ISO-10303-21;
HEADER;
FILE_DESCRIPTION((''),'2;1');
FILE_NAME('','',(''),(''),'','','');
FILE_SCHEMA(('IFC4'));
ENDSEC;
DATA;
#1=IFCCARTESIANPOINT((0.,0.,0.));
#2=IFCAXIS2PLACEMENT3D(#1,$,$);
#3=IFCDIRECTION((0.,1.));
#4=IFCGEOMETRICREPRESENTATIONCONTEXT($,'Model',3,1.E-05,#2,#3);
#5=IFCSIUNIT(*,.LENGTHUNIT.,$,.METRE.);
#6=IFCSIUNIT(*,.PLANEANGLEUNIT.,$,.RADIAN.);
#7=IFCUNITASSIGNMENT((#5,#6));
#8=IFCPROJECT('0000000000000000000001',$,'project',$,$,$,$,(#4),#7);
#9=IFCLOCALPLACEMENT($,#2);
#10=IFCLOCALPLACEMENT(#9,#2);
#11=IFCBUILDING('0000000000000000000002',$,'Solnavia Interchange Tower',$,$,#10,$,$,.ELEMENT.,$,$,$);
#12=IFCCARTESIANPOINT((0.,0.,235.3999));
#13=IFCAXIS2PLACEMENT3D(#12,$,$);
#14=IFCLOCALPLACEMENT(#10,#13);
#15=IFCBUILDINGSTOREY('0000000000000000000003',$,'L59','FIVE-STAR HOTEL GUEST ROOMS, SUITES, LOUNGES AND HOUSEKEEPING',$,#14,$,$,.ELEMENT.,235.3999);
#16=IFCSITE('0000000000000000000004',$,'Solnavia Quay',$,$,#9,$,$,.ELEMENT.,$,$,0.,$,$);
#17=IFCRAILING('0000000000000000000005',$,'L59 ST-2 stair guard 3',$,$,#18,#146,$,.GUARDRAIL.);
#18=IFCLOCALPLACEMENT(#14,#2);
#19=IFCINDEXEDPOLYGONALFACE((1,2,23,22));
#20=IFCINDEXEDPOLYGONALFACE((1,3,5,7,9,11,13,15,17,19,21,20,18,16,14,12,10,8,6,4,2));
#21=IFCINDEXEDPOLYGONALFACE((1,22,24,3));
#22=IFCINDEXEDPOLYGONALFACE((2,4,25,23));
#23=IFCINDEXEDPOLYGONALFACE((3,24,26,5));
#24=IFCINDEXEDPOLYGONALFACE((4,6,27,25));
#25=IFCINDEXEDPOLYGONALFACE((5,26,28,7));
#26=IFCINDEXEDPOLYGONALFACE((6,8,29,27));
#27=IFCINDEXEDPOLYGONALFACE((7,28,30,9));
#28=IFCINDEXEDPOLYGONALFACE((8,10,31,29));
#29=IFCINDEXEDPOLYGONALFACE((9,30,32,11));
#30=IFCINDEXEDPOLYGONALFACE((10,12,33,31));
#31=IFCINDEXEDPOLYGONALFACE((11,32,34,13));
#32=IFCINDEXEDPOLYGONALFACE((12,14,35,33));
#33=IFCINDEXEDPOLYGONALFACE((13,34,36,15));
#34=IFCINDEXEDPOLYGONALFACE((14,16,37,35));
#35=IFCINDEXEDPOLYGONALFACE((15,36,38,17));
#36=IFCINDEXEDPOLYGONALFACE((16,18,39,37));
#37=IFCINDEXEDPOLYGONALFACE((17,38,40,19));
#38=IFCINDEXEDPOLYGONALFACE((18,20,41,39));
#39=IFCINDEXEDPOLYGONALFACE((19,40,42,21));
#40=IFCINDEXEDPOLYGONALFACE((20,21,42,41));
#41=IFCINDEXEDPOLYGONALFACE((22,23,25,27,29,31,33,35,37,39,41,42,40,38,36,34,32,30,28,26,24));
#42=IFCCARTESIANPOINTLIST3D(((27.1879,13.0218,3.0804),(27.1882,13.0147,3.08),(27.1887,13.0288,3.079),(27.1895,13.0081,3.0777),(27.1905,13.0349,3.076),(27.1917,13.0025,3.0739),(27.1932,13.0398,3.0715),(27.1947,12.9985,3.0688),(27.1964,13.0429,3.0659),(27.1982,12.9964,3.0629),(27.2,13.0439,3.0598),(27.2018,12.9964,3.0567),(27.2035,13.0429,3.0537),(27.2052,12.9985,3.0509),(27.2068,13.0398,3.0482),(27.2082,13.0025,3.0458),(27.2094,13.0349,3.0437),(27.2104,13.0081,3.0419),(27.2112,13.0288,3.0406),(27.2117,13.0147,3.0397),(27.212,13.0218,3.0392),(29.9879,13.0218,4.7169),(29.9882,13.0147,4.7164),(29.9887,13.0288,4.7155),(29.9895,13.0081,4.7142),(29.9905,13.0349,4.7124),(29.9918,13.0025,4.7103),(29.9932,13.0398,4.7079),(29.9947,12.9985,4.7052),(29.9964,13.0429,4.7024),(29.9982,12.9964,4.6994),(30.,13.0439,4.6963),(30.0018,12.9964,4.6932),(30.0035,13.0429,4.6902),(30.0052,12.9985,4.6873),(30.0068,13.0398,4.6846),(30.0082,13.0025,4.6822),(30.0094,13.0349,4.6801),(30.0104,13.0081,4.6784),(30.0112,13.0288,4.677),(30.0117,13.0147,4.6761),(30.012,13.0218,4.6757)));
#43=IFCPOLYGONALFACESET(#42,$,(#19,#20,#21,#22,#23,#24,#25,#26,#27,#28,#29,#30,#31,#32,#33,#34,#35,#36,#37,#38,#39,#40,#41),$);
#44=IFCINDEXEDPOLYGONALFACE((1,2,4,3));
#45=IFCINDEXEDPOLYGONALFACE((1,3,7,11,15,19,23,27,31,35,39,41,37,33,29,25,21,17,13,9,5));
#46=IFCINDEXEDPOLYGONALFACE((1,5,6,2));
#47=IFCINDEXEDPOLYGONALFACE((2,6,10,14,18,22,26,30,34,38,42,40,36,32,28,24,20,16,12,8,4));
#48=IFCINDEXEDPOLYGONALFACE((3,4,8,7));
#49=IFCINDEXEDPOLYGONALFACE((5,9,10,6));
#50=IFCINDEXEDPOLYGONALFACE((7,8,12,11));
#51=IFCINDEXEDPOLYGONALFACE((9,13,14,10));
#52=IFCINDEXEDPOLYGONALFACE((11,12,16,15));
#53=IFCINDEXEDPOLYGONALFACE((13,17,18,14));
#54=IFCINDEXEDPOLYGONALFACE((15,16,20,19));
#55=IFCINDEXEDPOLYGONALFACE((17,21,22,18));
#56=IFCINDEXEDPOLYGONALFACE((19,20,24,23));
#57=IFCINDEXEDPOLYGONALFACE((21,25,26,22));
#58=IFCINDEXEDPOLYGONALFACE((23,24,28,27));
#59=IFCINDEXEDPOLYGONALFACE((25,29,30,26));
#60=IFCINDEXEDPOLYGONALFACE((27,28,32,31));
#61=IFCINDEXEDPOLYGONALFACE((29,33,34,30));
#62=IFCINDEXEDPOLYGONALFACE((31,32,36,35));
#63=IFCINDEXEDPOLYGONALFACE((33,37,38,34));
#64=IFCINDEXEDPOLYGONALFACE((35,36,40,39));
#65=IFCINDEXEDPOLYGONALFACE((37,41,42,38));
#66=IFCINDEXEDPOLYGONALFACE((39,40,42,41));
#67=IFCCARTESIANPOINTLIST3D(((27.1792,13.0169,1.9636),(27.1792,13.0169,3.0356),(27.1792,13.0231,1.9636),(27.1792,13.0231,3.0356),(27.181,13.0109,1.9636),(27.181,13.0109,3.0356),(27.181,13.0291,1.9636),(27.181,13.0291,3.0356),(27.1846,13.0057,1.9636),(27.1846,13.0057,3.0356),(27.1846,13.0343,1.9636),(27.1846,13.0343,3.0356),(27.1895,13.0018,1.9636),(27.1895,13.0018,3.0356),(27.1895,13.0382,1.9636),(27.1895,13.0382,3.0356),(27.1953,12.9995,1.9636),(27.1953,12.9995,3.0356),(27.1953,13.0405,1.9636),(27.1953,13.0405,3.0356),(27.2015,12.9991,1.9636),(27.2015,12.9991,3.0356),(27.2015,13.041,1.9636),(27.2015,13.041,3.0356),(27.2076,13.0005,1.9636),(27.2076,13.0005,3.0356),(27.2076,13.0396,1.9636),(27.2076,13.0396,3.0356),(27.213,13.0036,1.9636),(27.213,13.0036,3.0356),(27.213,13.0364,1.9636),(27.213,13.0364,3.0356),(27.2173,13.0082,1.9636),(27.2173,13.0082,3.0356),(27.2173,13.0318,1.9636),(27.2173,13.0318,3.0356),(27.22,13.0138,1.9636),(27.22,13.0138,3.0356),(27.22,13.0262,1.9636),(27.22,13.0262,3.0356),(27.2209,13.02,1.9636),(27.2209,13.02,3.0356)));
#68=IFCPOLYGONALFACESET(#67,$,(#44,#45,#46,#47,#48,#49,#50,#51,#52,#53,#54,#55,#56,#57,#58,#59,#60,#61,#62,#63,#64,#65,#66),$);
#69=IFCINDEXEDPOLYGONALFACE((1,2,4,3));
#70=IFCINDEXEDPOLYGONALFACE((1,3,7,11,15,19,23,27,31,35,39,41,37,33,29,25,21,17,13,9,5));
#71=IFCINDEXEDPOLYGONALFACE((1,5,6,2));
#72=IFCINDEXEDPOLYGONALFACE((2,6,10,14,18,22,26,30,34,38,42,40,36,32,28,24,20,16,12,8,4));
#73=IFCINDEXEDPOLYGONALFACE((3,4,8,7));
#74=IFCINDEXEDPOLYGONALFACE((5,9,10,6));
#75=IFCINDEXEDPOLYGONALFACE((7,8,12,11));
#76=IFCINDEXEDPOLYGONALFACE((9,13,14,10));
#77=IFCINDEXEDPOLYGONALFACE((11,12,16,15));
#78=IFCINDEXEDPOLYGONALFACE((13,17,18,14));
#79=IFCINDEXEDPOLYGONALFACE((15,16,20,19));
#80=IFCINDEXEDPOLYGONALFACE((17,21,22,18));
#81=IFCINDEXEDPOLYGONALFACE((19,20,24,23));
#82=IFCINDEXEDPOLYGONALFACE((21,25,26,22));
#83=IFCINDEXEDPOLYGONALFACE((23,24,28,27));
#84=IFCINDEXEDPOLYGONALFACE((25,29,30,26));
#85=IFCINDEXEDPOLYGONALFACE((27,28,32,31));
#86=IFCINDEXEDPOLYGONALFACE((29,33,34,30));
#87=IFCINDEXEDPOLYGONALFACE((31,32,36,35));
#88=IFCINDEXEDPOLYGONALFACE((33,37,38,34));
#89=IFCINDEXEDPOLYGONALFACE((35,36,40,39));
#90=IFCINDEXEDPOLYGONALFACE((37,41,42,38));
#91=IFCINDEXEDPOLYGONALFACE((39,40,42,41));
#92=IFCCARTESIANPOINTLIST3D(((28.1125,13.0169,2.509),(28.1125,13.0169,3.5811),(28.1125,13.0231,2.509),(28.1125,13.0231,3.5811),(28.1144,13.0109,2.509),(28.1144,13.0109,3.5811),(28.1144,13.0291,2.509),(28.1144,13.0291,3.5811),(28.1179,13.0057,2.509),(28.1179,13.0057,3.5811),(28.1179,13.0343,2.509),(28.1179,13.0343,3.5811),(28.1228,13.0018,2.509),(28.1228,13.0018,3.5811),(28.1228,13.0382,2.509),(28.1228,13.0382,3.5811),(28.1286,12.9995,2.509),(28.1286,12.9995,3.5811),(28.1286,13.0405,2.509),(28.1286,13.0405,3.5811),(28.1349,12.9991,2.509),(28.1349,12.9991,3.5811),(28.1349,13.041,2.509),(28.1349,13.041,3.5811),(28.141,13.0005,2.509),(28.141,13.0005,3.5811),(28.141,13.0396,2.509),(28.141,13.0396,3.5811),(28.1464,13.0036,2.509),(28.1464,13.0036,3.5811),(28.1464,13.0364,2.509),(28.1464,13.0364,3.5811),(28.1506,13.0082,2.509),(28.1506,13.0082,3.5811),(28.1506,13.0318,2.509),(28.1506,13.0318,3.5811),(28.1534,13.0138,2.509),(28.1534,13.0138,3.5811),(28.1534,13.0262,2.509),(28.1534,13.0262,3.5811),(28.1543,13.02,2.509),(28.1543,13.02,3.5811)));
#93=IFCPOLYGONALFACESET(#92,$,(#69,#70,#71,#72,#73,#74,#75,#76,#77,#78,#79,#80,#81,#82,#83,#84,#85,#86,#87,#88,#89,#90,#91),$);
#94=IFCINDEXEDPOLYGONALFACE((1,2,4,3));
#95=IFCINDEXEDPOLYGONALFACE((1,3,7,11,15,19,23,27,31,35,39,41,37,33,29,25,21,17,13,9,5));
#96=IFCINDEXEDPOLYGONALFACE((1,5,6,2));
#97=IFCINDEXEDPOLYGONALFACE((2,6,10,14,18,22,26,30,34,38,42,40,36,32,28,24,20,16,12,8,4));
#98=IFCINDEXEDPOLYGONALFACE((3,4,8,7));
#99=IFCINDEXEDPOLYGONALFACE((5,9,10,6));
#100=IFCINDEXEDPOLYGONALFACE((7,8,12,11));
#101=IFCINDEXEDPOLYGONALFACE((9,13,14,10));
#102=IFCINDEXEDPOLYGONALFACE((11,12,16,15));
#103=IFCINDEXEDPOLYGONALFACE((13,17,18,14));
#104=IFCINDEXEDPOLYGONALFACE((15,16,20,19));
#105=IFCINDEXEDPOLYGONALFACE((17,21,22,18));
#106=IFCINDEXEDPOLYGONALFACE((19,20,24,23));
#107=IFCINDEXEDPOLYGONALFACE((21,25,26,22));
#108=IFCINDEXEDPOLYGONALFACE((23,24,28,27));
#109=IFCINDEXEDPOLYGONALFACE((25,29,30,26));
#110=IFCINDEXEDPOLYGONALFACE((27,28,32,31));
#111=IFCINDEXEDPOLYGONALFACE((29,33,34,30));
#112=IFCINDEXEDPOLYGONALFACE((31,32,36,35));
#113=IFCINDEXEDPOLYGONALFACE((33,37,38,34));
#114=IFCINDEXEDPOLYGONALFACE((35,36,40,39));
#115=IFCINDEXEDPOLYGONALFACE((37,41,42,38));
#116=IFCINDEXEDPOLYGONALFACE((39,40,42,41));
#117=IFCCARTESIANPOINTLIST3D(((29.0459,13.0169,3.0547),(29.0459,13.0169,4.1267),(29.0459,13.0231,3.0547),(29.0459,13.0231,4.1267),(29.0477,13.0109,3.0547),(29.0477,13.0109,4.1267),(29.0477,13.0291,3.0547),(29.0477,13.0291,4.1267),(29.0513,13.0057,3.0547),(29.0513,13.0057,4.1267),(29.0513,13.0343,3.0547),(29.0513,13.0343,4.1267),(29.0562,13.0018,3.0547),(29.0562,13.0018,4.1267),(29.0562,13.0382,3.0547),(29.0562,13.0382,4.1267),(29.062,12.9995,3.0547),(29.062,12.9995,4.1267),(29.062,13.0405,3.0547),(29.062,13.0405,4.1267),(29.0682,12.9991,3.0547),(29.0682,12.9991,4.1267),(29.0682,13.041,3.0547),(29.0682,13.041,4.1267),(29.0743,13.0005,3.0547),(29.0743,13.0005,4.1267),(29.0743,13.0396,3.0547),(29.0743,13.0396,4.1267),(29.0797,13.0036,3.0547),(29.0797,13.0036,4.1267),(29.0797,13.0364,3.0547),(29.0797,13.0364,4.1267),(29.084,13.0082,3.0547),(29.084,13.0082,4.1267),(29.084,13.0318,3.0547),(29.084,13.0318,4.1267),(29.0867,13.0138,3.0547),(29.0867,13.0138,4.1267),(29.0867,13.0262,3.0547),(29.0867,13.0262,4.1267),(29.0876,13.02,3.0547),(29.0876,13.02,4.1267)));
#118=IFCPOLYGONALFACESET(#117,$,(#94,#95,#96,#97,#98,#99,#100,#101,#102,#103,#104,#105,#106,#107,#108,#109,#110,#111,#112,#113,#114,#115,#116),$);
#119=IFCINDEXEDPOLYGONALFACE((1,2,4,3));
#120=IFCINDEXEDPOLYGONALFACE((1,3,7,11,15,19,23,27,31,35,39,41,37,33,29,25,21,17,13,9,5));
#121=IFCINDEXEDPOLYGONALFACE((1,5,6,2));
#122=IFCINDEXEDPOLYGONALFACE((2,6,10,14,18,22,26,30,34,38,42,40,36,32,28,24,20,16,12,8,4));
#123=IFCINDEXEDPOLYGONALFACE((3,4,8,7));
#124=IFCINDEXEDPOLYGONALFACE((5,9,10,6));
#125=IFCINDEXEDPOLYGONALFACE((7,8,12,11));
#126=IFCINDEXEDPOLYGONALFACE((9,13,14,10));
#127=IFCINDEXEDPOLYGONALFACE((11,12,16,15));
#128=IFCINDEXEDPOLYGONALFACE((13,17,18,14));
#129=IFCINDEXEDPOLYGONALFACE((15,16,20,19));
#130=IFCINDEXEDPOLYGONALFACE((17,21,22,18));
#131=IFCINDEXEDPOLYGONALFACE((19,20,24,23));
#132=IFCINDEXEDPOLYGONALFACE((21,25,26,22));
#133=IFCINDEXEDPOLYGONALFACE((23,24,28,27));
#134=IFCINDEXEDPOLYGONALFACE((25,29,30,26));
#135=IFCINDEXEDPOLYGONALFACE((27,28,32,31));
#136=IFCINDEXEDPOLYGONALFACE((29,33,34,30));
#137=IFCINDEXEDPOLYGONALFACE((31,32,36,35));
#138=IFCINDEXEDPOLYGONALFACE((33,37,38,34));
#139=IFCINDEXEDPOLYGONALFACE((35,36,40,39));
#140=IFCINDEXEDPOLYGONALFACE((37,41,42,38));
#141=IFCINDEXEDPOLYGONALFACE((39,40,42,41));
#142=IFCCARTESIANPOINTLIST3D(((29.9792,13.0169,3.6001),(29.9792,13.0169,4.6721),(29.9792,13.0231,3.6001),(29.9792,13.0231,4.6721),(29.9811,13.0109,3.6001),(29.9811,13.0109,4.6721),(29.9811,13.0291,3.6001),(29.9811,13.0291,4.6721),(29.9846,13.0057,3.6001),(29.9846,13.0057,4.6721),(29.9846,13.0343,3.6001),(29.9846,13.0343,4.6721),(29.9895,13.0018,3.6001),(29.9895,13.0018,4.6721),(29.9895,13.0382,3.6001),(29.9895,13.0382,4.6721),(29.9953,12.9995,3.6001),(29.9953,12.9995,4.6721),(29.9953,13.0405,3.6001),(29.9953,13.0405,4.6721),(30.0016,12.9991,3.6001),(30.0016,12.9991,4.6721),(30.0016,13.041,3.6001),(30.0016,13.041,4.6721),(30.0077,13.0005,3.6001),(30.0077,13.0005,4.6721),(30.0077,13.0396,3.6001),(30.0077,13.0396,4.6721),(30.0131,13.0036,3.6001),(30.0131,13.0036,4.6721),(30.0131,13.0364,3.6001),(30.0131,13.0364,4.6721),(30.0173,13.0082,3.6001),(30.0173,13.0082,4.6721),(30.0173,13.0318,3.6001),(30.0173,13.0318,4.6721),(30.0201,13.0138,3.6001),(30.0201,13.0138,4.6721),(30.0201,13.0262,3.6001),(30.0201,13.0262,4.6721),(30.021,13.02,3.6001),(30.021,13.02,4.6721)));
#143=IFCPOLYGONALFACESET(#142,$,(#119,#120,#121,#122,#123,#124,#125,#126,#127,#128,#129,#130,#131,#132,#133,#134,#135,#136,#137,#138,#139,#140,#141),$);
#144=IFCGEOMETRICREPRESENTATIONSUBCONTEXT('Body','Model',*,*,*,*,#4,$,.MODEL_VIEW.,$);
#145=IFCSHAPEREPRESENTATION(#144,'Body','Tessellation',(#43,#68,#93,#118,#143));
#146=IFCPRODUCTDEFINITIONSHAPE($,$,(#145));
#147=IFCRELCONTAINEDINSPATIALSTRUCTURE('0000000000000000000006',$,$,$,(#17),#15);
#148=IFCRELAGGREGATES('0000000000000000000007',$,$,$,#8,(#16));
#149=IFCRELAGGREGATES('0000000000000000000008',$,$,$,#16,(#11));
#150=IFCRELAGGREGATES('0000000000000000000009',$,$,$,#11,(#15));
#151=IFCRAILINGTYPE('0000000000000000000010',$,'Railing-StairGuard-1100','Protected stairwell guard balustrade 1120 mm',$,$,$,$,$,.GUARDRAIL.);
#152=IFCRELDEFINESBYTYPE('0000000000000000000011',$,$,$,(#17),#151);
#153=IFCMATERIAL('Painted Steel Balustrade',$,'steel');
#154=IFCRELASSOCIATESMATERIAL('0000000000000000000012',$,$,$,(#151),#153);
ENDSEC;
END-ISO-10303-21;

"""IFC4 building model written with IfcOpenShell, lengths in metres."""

from ifc_helpers import new_model, si_unit, direction, frame, origin, origin_2d, place, context, subcontext, project, spatial, circle, extrude, material, type_object, element, save


model = new_model("IFC4")

# Units and contexts
model_context = context("Model", 3, precision=1e-05, world=origin(), true_north=direction((0.0, 1.0)))
body_context = subcontext(model_context, "Body", "Model", "MODEL_VIEW")
ifc_project = project(units=[si_unit("LENGTHUNIT", "METRE"), si_unit("PLANEANGLEUNIT", "RADIAN")], contexts=[model_context])

# Site, building, storey
site_placement = place(None, origin())
site = spatial("IfcSite", under=ifc_project, at=site_placement, Name="Solnavia Quay", CompositionType="ELEMENT", RefElevation=0.0)
building_placement = place(site_placement, origin())
building = spatial("IfcBuilding", under=site, at=building_placement, Name="Solnavia Interchange Tower", CompositionType="ELEMENT")
storey_placement = place(building_placement, frame((0.0, 0.0, 235.3999)))
storey = spatial("IfcBuildingStorey", under=building, at=storey_placement, Name="L59", Description="FIVE-STAR HOTEL GUEST ROOMS, SUITES, LOUNGES AND HOUSEKEEPING", CompositionType="ELEMENT", Elevation=235.3999)

# Railing
ifc_material_1 = material(Name="Painted Steel Balustrade", Category="steel")
railing_type_1 = type_object("IfcRailingType", Name="Railing-StairGuard-1100", Description="Protected stairwell guard balustrade 1120 mm", PredefinedType="GUARDRAIL", material=ifc_material_1)
railing_1_placement = place(storey_placement, frame((27.2, 13.02, 1.9636)))
element("IfcRailing", 1, at=railing_1_placement, inside=storey, type_object=railing_type_1, Name="L59 ST-2 stair guard 3", PredefinedType="GUARDRAIL", context=body_context, shape_type="SweptSolid", body=[
    extrude(circle(Radius=0.0239, at=origin_2d()), frame((0.0, 0.0, 1.0962), z_axis=(0.863361, 0.0, 0.504587), x_axis=(0.0, 1.0, 0.0)), (0.0, 0.0, 1.0), 3.2432),
    extrude(circle(Radius=0.021, at=origin_2d()), origin(), (0.0, 0.0, 1.0), 1.072),
    extrude(circle(Radius=0.021, at=origin_2d()), frame((0.9333, 0.0, 0.5454)), (0.0, 0.0, 1.0), 1.072),
    extrude(circle(Radius=0.021, at=origin_2d()), frame((1.8667, 0.0, 1.0911)), (0.0, 0.0, 1.0), 1.072),
    extrude(circle(Radius=0.021, at=origin_2d()), frame((2.8, 0.0, 1.6365)), (0.0, 0.0, 1.0), 1.072),
])

save(model, "model.ifc")
